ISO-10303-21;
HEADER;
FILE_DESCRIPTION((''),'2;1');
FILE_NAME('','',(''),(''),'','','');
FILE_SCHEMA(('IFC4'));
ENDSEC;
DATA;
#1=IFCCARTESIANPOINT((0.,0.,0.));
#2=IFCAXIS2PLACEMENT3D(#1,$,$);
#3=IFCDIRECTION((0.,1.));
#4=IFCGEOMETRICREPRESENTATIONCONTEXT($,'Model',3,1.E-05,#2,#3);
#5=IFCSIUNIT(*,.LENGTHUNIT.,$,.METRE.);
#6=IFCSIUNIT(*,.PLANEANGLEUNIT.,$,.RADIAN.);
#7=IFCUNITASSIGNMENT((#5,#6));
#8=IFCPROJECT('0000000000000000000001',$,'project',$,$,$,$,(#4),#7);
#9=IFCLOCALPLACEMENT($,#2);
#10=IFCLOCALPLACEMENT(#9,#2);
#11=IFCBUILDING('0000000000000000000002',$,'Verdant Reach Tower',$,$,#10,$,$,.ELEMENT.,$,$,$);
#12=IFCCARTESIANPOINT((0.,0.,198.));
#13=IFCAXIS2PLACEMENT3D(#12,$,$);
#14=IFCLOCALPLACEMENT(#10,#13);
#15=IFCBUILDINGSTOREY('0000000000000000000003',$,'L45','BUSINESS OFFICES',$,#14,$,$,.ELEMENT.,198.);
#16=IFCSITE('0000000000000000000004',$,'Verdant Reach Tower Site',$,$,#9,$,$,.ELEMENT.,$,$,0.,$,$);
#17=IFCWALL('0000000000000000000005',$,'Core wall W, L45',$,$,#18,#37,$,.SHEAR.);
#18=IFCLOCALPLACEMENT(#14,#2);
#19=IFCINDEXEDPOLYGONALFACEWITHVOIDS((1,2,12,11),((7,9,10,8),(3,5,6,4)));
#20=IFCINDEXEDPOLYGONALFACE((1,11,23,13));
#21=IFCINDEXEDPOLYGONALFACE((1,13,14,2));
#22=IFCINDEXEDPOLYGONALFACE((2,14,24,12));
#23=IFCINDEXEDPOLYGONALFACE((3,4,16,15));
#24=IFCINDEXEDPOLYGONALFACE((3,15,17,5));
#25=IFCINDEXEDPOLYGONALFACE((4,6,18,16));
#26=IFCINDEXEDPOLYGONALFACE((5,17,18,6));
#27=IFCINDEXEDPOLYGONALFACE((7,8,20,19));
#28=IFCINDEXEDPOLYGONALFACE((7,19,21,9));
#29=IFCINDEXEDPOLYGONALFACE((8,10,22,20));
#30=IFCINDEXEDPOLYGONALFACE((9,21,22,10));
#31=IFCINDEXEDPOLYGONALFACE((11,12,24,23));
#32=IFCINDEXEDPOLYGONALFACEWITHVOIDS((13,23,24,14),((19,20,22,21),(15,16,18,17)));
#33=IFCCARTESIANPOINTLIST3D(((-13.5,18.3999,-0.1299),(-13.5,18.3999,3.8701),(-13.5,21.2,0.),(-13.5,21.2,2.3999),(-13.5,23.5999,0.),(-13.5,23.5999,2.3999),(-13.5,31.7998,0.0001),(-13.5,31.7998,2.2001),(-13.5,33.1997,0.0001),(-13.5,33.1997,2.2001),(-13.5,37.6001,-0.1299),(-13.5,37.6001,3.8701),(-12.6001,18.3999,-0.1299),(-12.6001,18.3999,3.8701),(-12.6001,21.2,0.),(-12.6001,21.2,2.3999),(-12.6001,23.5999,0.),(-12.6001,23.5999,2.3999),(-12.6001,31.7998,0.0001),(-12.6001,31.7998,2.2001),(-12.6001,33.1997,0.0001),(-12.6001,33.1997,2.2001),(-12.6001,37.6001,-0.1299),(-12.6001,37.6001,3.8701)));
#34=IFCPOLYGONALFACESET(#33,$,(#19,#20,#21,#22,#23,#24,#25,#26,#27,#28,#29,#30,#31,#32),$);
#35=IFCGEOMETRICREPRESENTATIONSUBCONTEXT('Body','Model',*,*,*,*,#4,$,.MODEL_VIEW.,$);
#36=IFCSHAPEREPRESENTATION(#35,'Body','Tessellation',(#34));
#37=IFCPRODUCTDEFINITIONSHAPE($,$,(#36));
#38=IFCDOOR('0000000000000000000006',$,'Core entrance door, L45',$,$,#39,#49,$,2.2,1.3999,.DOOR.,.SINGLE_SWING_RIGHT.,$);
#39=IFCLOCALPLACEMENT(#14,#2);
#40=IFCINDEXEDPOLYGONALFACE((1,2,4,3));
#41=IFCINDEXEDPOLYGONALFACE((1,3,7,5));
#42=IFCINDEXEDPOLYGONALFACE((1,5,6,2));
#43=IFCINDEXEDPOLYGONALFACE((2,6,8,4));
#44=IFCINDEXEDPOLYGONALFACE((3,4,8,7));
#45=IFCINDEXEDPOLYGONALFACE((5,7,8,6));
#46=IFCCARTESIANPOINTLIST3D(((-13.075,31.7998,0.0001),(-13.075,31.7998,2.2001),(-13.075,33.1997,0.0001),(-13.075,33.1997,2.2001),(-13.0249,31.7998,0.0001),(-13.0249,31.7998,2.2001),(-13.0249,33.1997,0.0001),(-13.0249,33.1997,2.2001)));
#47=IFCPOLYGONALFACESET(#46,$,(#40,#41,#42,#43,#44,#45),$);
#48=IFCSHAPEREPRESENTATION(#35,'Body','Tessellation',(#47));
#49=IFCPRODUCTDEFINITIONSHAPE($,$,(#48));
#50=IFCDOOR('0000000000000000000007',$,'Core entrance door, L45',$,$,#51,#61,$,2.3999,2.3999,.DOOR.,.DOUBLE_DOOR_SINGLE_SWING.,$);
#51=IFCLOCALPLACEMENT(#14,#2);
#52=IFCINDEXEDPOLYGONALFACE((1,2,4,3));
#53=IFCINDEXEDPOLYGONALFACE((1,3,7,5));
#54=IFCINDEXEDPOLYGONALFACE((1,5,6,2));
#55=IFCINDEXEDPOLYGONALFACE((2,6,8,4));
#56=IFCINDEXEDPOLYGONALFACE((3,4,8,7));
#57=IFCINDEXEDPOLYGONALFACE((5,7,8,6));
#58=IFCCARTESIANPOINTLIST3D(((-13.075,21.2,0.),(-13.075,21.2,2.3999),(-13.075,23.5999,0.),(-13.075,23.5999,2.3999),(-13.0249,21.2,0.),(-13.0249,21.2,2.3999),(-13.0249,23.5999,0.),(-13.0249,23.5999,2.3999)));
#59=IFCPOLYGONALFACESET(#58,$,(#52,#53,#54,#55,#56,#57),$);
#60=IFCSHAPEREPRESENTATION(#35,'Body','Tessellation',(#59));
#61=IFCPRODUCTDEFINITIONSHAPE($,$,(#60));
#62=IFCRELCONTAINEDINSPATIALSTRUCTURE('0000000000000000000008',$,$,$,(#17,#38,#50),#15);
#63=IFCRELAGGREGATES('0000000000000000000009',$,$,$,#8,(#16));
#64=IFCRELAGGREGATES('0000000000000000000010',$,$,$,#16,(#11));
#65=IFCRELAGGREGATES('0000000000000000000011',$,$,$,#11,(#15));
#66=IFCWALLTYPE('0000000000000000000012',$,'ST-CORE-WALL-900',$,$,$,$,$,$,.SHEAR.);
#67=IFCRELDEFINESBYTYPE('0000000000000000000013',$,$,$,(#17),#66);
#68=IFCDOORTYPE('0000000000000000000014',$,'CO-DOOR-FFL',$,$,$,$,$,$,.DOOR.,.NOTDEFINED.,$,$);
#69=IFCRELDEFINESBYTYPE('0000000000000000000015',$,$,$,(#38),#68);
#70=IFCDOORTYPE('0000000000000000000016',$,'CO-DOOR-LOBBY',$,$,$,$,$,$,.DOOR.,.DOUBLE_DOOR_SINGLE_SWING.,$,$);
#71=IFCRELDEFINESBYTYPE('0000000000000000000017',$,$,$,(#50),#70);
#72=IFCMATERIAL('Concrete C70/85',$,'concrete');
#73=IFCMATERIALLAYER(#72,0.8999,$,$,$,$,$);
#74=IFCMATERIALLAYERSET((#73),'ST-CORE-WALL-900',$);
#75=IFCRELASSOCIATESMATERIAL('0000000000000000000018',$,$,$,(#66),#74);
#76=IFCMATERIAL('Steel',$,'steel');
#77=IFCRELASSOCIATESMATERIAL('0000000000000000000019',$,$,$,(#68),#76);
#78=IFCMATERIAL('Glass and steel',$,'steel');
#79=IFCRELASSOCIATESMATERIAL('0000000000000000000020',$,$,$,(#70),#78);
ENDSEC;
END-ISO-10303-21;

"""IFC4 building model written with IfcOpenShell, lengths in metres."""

from ifc_helpers import new_model, si_unit, direction, frame, frame_2d, origin, place, context, subcontext, project, spatial, rectangle, extrude, material, layer, layer_set, type_object, element, fill, save


model = new_model("IFC4")

# Units and contexts
model_context = context("Model", 3, precision=1e-05, world=origin(), true_north=direction((0.0, 1.0)))
body_context = subcontext(model_context, "Body", "Model", "MODEL_VIEW")
ifc_project = project(units=[si_unit("LENGTHUNIT", "METRE"), si_unit("PLANEANGLEUNIT", "RADIAN")], contexts=[model_context])

# Site, building, storey
site_placement = place(None, origin())
site = spatial("IfcSite", under=ifc_project, at=site_placement, Name="Verdant Reach Tower Site", CompositionType="ELEMENT", RefElevation=0.0)
building_placement = place(site_placement, origin())
building = spatial("IfcBuilding", under=site, at=building_placement, Name="Verdant Reach Tower", CompositionType="ELEMENT")
storey_placement = place(building_placement, frame((0.0, 0.0, 198.0)))
storey = spatial("IfcBuildingStorey", under=building, at=storey_placement, Name="L45", Description="BUSINESS OFFICES", CompositionType="ELEMENT", Elevation=198.0)

# Shared definitions
ifc_material_1 = material(Name="Concrete C70/85", Category="concrete")
ifc_material_2 = material(Name="Steel", Category="steel")

# Wall, openings, doors
ifc_layer_1 = layer(ifc_material_1, 0.8999)
ifc_layer_set_1 = layer_set([ifc_layer_1], Name="ST-CORE-WALL-900")
wall_type_1 = type_object("IfcWallType", Name="ST-CORE-WALL-900", PredefinedType="SHEAR", material=ifc_layer_set_1)
wall_1_placement = place(storey_placement, frame((-13.05, 18.3999, -0.1299), z_axis=(0.0, 0.0, 1.0), x_axis=(0.0, 1.0, 0.0)))
wall_1 = element("IfcWall", 1, at=wall_1_placement, inside=storey, type_object=wall_type_1, Name="Core wall W, L45", PredefinedType="SHEAR", context=body_context, shape_type="SweptSolid", body=[
    extrude(rectangle(XDim=19.2002, YDim=0.8999, at=frame_2d((9.6001, 0.0))), origin(), (0.0, 0.0, 1.0), 4.0),
])
opening_1_placement = place(wall_1_placement, frame((2.8, 0.0, 0.1299)))
opening_1 = element("IfcOpeningElement", 2, at=opening_1_placement, cuts=wall_1, PredefinedType="OPENING", context=body_context, shape_type="SweptSolid", body=[
    extrude(rectangle(XDim=2.3999, YDim=2.3999, at=frame_2d((1.2, 1.2))), frame((0.0, 0.46, 0.0), z_axis=(0.0, -1.0, 0.0), x_axis=(1.0, 0.0, 0.0)), (0.0, 0.0, 1.0), 0.9199),
])
opening_2_placement = place(wall_1_placement, frame((13.3999, 0.0, 0.1299)))
opening_2 = element("IfcOpeningElement", 3, at=opening_2_placement, cuts=wall_1, PredefinedType="OPENING", context=body_context, shape_type="SweptSolid", body=[
    extrude(rectangle(XDim=1.3999, YDim=2.2, at=frame_2d((0.7, 1.1001))), frame((0.0, 0.46, 0.0), z_axis=(0.0, -1.0, 0.0), x_axis=(1.0, 0.0, 0.0)), (0.0, 0.0, 1.0), 0.9199),
])
door_type_1 = type_object("IfcDoorType", Name="CO-DOOR-FFL", OperationType="NOTDEFINED", PredefinedType="DOOR", material=ifc_material_2)
door_1_placement = place(opening_2_placement, origin())
door_1 = element("IfcDoor", 4, at=door_1_placement, inside=storey, type_object=door_type_1, Name="Core entrance door, L45", OperationType="SINGLE_SWING_RIGHT", OverallHeight=2.2, OverallWidth=1.3999, PredefinedType="DOOR", context=body_context, shape_type="SweptSolid", body=[
    extrude(rectangle(XDim=1.3999, YDim=2.2, at=frame_2d((0.7, 1.1001))), frame((0.0, 0.0249, 0.0), z_axis=(0.0, -1.0, 0.0), x_axis=(1.0, 0.0, 0.0)), (0.0, 0.0, 1.0), 0.05),
])
fill(opening_2, door_1)
ifc_material_3 = material(Name="Glass and steel", Category="steel")
door_type_2 = type_object("IfcDoorType", Name="CO-DOOR-LOBBY", OperationType="DOUBLE_DOOR_SINGLE_SWING", PredefinedType="DOOR", material=ifc_material_3)
door_2_placement = place(opening_1_placement, origin())
door_2 = element("IfcDoor", 5, at=door_2_placement, inside=storey, type_object=door_type_2, Name="Core entrance door, L45", OperationType="DOUBLE_DOOR_SINGLE_SWING", OverallHeight=2.3999, OverallWidth=2.3999, PredefinedType="DOOR", context=body_context, shape_type="SweptSolid", body=[
    extrude(rectangle(XDim=2.3999, YDim=2.3999, at=frame_2d((1.2, 1.2))), frame((0.0, 0.0249, 0.0), z_axis=(0.0, -1.0, 0.0), x_axis=(1.0, 0.0, 0.0)), (0.0, 0.0, 1.0), 0.05),
])
fill(opening_1, door_2)

save(model, "model.ifc")
